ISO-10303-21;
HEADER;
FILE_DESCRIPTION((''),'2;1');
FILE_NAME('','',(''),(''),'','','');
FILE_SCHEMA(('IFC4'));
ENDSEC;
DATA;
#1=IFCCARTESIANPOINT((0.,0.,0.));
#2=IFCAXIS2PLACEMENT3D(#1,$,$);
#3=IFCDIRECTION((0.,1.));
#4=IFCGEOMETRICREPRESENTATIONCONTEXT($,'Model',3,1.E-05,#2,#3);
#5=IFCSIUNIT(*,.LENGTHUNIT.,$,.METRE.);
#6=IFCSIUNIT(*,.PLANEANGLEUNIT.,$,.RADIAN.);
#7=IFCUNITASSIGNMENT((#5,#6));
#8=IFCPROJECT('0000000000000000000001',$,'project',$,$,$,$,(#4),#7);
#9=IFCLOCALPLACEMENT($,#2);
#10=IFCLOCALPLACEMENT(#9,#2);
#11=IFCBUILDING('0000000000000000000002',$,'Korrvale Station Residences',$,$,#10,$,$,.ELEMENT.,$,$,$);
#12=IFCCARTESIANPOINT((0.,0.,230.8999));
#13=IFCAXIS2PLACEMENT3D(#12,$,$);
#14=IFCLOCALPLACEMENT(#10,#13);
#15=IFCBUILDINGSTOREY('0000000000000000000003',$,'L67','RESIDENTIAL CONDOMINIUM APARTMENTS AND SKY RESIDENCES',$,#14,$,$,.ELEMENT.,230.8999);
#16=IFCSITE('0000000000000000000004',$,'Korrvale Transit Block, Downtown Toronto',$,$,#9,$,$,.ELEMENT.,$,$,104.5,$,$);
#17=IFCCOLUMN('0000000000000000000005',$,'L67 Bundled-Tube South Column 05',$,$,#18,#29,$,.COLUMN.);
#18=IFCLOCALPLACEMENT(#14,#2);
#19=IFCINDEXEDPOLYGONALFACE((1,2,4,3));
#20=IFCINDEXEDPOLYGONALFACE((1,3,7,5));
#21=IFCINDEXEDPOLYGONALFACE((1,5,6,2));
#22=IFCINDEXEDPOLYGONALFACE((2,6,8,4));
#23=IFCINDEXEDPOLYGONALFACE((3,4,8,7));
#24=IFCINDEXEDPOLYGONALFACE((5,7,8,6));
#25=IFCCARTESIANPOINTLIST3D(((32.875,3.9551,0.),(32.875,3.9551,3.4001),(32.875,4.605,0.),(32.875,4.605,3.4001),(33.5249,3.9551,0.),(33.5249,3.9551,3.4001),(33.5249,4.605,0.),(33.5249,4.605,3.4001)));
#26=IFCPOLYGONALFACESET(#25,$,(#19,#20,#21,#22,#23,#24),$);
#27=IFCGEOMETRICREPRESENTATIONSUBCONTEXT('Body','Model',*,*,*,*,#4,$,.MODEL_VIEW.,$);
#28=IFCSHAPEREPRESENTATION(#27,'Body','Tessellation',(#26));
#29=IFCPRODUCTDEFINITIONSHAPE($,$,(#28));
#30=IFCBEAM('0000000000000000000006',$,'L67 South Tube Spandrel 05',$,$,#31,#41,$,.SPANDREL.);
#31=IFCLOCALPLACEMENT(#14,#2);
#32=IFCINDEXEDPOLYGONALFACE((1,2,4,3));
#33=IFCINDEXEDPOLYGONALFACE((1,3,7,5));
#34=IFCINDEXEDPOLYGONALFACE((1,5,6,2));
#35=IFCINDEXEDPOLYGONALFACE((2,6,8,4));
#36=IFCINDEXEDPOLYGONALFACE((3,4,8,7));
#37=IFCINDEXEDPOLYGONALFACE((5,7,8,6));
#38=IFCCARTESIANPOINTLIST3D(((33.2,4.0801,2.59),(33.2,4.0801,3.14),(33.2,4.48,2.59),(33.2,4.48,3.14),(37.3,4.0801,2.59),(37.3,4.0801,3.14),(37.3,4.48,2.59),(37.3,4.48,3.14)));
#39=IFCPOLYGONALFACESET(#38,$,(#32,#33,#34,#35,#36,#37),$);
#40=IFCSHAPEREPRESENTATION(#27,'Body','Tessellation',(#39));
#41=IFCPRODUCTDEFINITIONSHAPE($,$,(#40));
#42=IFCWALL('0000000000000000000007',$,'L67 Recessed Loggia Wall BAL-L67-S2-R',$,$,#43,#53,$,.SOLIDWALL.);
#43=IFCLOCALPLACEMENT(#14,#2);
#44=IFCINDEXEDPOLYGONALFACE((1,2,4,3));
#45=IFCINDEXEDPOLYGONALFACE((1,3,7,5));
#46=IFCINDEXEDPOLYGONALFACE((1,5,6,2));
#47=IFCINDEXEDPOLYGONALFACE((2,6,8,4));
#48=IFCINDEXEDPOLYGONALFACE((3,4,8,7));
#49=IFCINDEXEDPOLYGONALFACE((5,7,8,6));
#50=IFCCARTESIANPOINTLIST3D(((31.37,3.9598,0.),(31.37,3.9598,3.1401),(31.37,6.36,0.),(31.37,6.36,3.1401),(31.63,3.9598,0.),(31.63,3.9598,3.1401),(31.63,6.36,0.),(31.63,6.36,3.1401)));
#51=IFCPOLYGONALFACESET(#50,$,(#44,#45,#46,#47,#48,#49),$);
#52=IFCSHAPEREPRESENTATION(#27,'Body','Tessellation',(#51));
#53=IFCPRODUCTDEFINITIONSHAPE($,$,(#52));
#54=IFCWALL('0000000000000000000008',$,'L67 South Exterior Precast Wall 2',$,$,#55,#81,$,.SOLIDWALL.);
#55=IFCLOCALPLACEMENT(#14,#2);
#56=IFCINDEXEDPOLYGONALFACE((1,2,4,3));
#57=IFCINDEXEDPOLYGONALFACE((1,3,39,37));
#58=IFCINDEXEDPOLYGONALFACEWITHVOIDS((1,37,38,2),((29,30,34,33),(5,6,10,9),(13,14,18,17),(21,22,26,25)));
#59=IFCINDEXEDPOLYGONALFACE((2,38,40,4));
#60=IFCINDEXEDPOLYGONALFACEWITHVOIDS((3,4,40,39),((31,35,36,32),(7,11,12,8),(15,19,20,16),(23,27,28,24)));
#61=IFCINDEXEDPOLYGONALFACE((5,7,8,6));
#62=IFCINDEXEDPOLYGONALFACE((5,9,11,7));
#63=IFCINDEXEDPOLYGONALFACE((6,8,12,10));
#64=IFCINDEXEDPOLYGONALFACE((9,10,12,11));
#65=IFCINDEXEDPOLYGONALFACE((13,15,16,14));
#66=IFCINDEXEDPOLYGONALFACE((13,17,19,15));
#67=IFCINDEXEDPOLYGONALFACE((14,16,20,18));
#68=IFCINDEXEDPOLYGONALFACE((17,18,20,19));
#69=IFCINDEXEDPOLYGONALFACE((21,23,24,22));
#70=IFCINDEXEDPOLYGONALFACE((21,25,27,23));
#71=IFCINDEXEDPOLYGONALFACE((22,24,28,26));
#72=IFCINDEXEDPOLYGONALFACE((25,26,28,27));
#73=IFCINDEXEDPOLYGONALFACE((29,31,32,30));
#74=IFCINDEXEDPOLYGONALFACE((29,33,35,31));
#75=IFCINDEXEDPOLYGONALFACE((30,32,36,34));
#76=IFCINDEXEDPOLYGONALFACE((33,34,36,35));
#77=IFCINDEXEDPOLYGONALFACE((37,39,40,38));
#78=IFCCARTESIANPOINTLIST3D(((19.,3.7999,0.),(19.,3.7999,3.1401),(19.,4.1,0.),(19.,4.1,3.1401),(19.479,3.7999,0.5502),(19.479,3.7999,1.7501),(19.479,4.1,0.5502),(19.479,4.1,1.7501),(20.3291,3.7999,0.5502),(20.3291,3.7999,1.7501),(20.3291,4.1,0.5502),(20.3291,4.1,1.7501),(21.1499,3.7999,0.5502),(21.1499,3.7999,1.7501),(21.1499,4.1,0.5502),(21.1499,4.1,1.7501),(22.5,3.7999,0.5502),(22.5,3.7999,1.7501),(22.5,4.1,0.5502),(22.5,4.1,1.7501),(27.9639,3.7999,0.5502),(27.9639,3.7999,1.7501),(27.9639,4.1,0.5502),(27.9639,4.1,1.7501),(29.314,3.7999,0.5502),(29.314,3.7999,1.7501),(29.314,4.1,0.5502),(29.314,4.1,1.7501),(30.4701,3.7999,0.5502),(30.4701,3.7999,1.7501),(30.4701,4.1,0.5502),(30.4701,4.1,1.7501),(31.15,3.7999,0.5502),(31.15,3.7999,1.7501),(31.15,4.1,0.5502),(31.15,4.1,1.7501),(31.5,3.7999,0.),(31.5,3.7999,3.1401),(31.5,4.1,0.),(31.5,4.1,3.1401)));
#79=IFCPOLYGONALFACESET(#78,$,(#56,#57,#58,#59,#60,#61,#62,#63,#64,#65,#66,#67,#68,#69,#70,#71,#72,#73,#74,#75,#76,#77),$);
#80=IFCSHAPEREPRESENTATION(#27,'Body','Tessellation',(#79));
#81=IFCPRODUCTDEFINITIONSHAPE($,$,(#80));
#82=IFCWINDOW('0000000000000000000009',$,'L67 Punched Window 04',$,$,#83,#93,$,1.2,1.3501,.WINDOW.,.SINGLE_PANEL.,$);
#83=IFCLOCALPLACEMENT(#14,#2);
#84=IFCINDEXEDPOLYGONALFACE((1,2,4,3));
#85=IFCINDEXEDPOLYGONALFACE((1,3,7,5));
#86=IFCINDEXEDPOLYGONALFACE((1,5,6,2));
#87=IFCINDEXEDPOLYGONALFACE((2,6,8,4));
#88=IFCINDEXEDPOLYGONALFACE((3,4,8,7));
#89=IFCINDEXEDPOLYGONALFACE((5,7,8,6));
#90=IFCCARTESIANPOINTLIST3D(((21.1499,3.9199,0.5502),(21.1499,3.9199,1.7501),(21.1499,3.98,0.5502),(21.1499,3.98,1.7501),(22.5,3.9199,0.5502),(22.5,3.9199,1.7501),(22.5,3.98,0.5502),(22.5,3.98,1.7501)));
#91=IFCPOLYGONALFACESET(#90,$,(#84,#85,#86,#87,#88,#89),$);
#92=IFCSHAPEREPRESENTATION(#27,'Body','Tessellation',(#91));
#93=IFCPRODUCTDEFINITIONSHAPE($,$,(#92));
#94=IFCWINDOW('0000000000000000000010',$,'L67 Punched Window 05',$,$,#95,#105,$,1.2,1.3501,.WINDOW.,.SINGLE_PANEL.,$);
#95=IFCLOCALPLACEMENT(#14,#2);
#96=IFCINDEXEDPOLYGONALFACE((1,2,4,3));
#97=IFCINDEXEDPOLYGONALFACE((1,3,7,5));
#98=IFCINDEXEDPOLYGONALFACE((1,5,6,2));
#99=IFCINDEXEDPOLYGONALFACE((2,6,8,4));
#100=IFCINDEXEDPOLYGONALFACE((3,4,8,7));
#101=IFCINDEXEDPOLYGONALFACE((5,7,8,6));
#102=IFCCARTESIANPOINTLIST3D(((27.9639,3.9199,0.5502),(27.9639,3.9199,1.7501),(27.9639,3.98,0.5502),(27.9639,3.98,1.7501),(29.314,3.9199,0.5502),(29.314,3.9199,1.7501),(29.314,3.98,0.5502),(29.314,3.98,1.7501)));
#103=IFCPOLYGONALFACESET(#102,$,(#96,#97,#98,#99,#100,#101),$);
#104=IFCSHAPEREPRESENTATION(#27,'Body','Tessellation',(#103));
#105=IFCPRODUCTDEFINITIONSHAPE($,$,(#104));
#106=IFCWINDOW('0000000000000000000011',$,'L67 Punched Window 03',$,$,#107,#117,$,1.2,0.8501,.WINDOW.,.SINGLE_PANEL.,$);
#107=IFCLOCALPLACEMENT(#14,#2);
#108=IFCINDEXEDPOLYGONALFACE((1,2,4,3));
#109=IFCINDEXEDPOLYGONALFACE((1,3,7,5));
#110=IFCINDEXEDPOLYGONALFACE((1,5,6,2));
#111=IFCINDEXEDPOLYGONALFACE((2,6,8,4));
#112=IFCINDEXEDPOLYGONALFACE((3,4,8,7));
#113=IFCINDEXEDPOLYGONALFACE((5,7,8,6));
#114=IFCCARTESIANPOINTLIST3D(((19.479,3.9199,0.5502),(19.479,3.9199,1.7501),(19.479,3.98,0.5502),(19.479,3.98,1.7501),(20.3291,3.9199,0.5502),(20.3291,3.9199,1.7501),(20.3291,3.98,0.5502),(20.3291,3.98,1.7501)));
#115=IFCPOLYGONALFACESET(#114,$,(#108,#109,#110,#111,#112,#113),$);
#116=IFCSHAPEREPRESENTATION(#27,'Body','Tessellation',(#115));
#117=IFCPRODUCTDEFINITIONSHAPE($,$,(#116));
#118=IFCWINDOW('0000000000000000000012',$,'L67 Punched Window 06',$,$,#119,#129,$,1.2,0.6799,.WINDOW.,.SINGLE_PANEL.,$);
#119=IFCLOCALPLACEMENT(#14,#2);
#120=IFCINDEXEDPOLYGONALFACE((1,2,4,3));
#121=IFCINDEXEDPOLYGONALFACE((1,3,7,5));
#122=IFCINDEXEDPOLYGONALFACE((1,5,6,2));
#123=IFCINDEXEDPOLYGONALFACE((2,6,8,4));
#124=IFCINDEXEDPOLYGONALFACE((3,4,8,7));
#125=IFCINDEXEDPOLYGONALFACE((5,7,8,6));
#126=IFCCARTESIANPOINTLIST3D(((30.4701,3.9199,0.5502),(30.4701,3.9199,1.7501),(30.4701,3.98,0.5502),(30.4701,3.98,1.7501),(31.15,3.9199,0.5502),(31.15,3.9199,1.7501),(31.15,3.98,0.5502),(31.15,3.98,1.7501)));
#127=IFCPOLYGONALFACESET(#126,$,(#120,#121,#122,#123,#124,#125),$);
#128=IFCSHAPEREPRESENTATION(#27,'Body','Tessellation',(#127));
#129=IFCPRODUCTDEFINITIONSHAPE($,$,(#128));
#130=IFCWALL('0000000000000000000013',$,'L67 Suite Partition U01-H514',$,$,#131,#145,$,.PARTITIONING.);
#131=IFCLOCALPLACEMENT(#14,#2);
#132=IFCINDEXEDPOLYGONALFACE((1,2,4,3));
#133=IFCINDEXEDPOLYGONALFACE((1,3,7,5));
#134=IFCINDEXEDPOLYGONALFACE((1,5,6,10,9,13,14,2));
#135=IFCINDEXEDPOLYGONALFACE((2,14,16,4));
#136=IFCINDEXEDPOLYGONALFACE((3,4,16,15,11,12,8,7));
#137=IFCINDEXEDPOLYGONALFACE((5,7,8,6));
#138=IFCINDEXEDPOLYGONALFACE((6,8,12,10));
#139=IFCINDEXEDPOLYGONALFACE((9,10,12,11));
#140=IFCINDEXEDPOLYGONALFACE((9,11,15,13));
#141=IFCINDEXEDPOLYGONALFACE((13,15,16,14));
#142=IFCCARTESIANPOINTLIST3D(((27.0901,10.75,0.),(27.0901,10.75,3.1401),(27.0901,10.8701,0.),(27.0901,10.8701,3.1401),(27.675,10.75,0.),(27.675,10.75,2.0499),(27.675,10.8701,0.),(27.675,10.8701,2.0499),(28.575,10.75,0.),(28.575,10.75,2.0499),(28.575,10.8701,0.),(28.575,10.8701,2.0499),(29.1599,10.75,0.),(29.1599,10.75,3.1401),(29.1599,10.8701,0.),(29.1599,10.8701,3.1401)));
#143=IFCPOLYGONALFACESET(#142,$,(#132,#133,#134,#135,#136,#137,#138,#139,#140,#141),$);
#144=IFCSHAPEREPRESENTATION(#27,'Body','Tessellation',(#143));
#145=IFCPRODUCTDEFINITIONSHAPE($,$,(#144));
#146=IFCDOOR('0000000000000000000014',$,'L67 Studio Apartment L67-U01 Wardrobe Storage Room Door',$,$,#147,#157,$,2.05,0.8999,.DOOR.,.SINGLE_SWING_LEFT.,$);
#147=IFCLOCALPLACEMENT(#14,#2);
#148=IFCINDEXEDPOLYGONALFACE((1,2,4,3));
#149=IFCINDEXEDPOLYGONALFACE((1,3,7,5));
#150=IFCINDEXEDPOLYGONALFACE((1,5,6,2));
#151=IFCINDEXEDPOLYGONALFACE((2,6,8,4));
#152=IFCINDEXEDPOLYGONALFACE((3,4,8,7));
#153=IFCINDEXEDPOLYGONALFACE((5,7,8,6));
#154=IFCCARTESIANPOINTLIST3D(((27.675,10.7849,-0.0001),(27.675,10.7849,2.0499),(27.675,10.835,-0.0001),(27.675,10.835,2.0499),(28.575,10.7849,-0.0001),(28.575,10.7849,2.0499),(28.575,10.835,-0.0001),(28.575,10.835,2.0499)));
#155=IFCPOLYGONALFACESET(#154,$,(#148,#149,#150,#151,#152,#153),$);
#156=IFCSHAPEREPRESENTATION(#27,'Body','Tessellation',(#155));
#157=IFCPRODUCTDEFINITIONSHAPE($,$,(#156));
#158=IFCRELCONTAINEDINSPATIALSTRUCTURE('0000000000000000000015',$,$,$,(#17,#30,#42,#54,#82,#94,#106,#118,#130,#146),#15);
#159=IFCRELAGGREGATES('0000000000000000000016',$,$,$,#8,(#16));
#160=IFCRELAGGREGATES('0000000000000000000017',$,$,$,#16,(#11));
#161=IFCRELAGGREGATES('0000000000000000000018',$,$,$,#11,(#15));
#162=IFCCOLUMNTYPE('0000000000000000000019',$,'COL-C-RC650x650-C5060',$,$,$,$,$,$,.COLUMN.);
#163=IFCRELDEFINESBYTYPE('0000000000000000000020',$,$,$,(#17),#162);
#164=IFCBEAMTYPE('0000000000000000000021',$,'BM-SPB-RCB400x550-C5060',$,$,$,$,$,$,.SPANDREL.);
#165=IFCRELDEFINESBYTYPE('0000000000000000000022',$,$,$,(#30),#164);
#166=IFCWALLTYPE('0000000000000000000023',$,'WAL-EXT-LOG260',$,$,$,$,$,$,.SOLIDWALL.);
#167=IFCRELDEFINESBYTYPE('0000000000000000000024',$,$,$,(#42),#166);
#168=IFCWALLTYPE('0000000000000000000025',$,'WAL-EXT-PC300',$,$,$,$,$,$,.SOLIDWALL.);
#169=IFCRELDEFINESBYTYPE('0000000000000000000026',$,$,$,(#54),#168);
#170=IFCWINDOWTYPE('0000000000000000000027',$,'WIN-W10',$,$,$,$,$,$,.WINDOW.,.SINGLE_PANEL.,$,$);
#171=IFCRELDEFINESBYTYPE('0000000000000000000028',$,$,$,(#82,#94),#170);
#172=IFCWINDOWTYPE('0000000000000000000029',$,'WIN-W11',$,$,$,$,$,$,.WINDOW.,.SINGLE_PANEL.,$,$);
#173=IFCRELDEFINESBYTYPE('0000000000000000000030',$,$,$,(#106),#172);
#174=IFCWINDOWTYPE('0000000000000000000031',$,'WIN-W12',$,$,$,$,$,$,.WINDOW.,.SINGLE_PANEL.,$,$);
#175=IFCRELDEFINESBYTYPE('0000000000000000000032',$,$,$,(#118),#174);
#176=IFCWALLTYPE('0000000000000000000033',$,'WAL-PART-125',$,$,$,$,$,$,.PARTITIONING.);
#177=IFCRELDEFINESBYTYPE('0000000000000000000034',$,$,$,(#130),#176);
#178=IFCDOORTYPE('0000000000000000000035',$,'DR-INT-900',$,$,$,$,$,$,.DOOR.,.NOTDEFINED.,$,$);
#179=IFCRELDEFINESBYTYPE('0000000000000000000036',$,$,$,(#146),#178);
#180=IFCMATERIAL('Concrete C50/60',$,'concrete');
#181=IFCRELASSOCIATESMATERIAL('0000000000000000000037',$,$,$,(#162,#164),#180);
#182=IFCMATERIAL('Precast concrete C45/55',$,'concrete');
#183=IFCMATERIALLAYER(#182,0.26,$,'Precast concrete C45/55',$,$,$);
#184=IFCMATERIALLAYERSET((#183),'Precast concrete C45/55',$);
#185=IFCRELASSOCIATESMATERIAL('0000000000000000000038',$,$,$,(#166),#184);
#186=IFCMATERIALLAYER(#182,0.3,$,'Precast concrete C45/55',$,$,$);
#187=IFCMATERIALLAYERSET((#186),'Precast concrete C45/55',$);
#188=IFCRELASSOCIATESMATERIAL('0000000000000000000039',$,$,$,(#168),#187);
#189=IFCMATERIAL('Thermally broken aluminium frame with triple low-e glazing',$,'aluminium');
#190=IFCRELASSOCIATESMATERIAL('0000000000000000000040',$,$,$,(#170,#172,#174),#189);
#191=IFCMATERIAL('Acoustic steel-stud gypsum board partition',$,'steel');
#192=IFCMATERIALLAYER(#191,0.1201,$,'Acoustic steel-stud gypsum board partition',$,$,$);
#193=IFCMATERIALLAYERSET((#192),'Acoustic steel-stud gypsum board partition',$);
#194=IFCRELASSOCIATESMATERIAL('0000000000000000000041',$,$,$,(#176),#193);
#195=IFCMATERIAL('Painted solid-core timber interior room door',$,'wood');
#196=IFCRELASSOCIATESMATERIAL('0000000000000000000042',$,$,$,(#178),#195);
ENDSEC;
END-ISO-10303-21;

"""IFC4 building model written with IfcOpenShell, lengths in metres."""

from ifc_helpers import new_model, si_unit, direction, frame, frame_2d, origin, origin_2d, place, context, subcontext, project, spatial, rectangle, extrude, material, layer, layer_set, material_profile, profile_set, type_object, element, fill, save


model = new_model("IFC4")

# Units and contexts
model_context = context("Model", 3, precision=1e-05, world=origin(), true_north=direction((0.0, 1.0)))
body_context = subcontext(model_context, "Body", "Model", "MODEL_VIEW")
ifc_project = project(units=[si_unit("LENGTHUNIT", "METRE"), si_unit("PLANEANGLEUNIT", "RADIAN")], contexts=[model_context])

# Site, building, storey
site_placement = place(None, origin())
site = spatial("IfcSite", under=ifc_project, at=site_placement, Name="Korrvale Transit Block, Downtown Toronto", CompositionType="ELEMENT", RefElevation=104.5)
building_placement = place(site_placement, origin())
building = spatial("IfcBuilding", under=site, at=building_placement, Name="Korrvale Station Residences", CompositionType="ELEMENT")
storey_placement = place(building_placement, frame((0.0, 0.0, 230.8999)))
storey = spatial("IfcBuildingStorey", under=building, at=storey_placement, Name="L67", Description="RESIDENTIAL CONDOMINIUM APARTMENTS AND SKY RESIDENCES", CompositionType="ELEMENT", Elevation=230.8999)

# Column
ifc_material_1 = material(Name="Concrete C50/60", Category="concrete")
ifc_material_profile_1 = material_profile(ifc_material_1, rectangle(XDim=0.6499, YDim=0.6499, at=origin_2d()), Name="RC650x650")
ifc_profile_set_1 = profile_set([ifc_material_profile_1], Name="Concrete C50/60")
column_type = type_object("IfcColumnType", Name="COL-C-RC650x650-C5060", PredefinedType="COLUMN", material=ifc_profile_set_1)
column_placement = place(storey_placement, frame((33.2, 4.28, 0.0), z_axis=(0.0, 0.0, 1.0), x_axis=(1.0, 0.0, 0.0)))
element("IfcColumn", 1, at=column_placement, inside=storey, type_object=column_type, Name="L67 Bundled-Tube South Column 05", PredefinedType="COLUMN", context=body_context, shape_type="SweptSolid", body=[
    extrude(rectangle(XDim=0.6499, YDim=0.6499, at=origin_2d()), origin(), (0.0, 0.0, 1.0), 3.4001),
])

# Beam
ifc_material_profile_2 = material_profile(ifc_material_1, rectangle(XDim=0.3999, YDim=0.55, at=origin_2d()), Name="RCB400x550")
ifc_profile_set_2 = profile_set([ifc_material_profile_2], Name="Concrete C50/60")
beam_type = type_object("IfcBeamType", Name="BM-SPB-RCB400x550-C5060", PredefinedType="SPANDREL", material=ifc_profile_set_2)
beam_placement = place(storey_placement, frame((33.2, 4.28, 2.865), z_axis=(1.0, 0.0, 0.0), x_axis=(0.0, 1.0, 0.0)))
element("IfcBeam", 2, at=beam_placement, inside=storey, type_object=beam_type, Name="L67 South Tube Spandrel 05", PredefinedType="SPANDREL", context=body_context, shape_type="SweptSolid", body=[
    extrude(rectangle(XDim=0.3999, YDim=0.55, at=origin_2d()), origin(), (0.0, 0.0, 1.0), 4.1001),
])

# Wall
ifc_material_2 = material(Name="Precast concrete C45/55", Category="concrete")
ifc_layer_1 = layer(ifc_material_2, 0.26, Name="Precast concrete C45/55")
ifc_layer_set_1 = layer_set([ifc_layer_1], Name="Precast concrete C45/55")
wall_type_1 = type_object("IfcWallType", Name="WAL-EXT-LOG260", PredefinedType="SOLIDWALL", material=ifc_layer_set_1)
wall_1_placement = place(storey_placement, frame((31.5, 6.3601, 0.0), z_axis=(0.0, 0.0, 1.0), x_axis=(0.0, -1.0, 0.0)))
element("IfcWall", 3, at=wall_1_placement, inside=storey, type_object=wall_type_1, Name="L67 Recessed Loggia Wall BAL-L67-S2-R", PredefinedType="SOLIDWALL", context=body_context, shape_type="SweptSolid", body=[
    extrude(rectangle(XDim=2.4001, YDim=0.26, at=frame_2d((1.2002, 0.0))), origin(), (0.0, 0.0, 1.0), 3.1401),
])

# Wall, openings, windows
ifc_layer_2 = layer(ifc_material_2, 0.3, Name="Precast concrete C45/55")
ifc_layer_set_2 = layer_set([ifc_layer_2], Name="Precast concrete C45/55")
wall_type_2 = type_object("IfcWallType", Name="WAL-EXT-PC300", PredefinedType="SOLIDWALL", material=ifc_layer_set_2)
wall_2_placement = place(storey_placement, frame((31.5, 3.95, 0.0), z_axis=(0.0, 0.0, 1.0), x_axis=(-1.0, 0.0, 0.0)))
wall_2 = element("IfcWall", 4, at=wall_2_placement, inside=storey, type_object=wall_type_2, Name="L67 South Exterior Precast Wall 2", PredefinedType="SOLIDWALL", context=body_context, shape_type="SweptSolid", body=[
    extrude(rectangle(XDim=12.5, YDim=0.3, at=frame_2d((6.25, 0.0))), origin(), (0.0, 0.0, 1.0), 3.1401),
])
opening_1_placement = place(wall_2_placement, frame((11.1709, 0.0, 0.55)))
opening_1 = element("IfcOpeningElement", 5, at=opening_1_placement, cuts=wall_2, PredefinedType="OPENING", context=body_context, shape_type="SweptSolid", body=[
    extrude(rectangle(XDim=0.8501, YDim=1.2, at=frame_2d((0.425, 0.6001))), frame((0.0, 0.1602, 0.0), z_axis=(0.0, -1.0, 0.0), x_axis=(1.0, 0.0, 0.0)), (0.0, 0.0, 1.0), 0.3201),
])
opening_2_placement = place(wall_2_placement, frame((9.0, 0.0, 0.55)))
opening_2 = element("IfcOpeningElement", 6, at=opening_2_placement, cuts=wall_2, PredefinedType="OPENING", context=body_context, shape_type="SweptSolid", body=[
    extrude(rectangle(XDim=1.3501, YDim=1.2, at=frame_2d((0.675, 0.6001))), frame((0.0, 0.1602, 0.0), z_axis=(0.0, -1.0, 0.0), x_axis=(1.0, 0.0, 0.0)), (0.0, 0.0, 1.0), 0.3201),
])
opening_3_placement = place(wall_2_placement, frame((2.186, 0.0, 0.55)))
opening_3 = element("IfcOpeningElement", 7, at=opening_3_placement, cuts=wall_2, PredefinedType="OPENING", context=body_context, shape_type="SweptSolid", body=[
    extrude(rectangle(XDim=1.3501, YDim=1.2, at=frame_2d((0.675, 0.6001))), frame((0.0, 0.1602, 0.0), z_axis=(0.0, -1.0, 0.0), x_axis=(1.0, 0.0, 0.0)), (0.0, 0.0, 1.0), 0.3201),
])
opening_4_placement = place(wall_2_placement, frame((0.3501, 0.0, 0.55)))
opening_4 = element("IfcOpeningElement", 8, at=opening_4_placement, cuts=wall_2, PredefinedType="OPENING", context=body_context, shape_type="SweptSolid", body=[
    extrude(rectangle(XDim=0.6799, YDim=1.2, at=frame_2d((0.3398, 0.6001))), frame((0.0, 0.1602, 0.0), z_axis=(0.0, -1.0, 0.0), x_axis=(1.0, 0.0, 0.0)), (0.0, 0.0, 1.0), 0.3201),
])
ifc_material_3 = material(Name="Thermally broken aluminium frame with triple low-e glazing", Category="aluminium")
window_type_1 = type_object("IfcWindowType", Name="WIN-W10", PartitioningType="SINGLE_PANEL", PredefinedType="WINDOW", material=ifc_material_3)
window_1_placement = place(opening_2_placement, origin())
window_1 = element("IfcWindow", 9, at=window_1_placement, inside=storey, type_object=window_type_1, Name="L67 Punched Window 04", OverallHeight=1.2, OverallWidth=1.3501, PartitioningType="SINGLE_PANEL", PredefinedType="WINDOW", context=body_context, shape_type="SweptSolid", body=[
    extrude(rectangle(XDim=1.3501, YDim=1.2, at=frame_2d((0.675, 0.6001))), frame((0.0, 0.03, 0.0), z_axis=(0.0, -1.0, 0.0), x_axis=(1.0, 0.0, 0.0)), (0.0, 0.0, 1.0), 0.0601),
])
fill(opening_2, window_1)
window_2_placement = place(opening_3_placement, origin())
window_2 = element("IfcWindow", 10, at=window_2_placement, inside=storey, type_object=window_type_1, Name="L67 Punched Window 05", OverallHeight=1.2, OverallWidth=1.3501, PartitioningType="SINGLE_PANEL", PredefinedType="WINDOW", context=body_context, shape_type="SweptSolid", body=[
    extrude(rectangle(XDim=1.3501, YDim=1.2, at=frame_2d((0.675, 0.6001))), frame((0.0, 0.03, 0.0), z_axis=(0.0, -1.0, 0.0), x_axis=(1.0, 0.0, 0.0)), (0.0, 0.0, 1.0), 0.0601),
])
fill(opening_3, window_2)
window_type_2 = type_object("IfcWindowType", Name="WIN-W11", PartitioningType="SINGLE_PANEL", PredefinedType="WINDOW", material=ifc_material_3)
window_3_placement = place(opening_1_placement, origin())
window_3 = element("IfcWindow", 11, at=window_3_placement, inside=storey, type_object=window_type_2, Name="L67 Punched Window 03", OverallHeight=1.2, OverallWidth=0.8501, PartitioningType="SINGLE_PANEL", PredefinedType="WINDOW", context=body_context, shape_type="SweptSolid", body=[
    extrude(rectangle(XDim=0.8501, YDim=1.2, at=frame_2d((0.425, 0.6001))), frame((0.0, 0.03, 0.0), z_axis=(0.0, -1.0, 0.0), x_axis=(1.0, 0.0, 0.0)), (0.0, 0.0, 1.0), 0.0601),
])
fill(opening_1, window_3)
window_type_3 = type_object("IfcWindowType", Name="WIN-W12", PartitioningType="SINGLE_PANEL", PredefinedType="WINDOW", material=ifc_material_3)
window_4_placement = place(opening_4_placement, origin())
window_4 = element("IfcWindow", 12, at=window_4_placement, inside=storey, type_object=window_type_3, Name="L67 Punched Window 06", OverallHeight=1.2, OverallWidth=0.6799, PartitioningType="SINGLE_PANEL", PredefinedType="WINDOW", context=body_context, shape_type="SweptSolid", body=[
    extrude(rectangle(XDim=0.6799, YDim=1.2, at=frame_2d((0.3398, 0.6001))), frame((0.0, 0.03, 0.0), z_axis=(0.0, -1.0, 0.0), x_axis=(1.0, 0.0, 0.0)), (0.0, 0.0, 1.0), 0.0601),
])
fill(opening_4, window_4)

# Wall, opening, door
ifc_material_4 = material(Name="Acoustic steel-stud gypsum board partition", Category="steel")
ifc_layer_3 = layer(ifc_material_4, 0.1201, Name="Acoustic steel-stud gypsum board partition")
ifc_layer_set_3 = layer_set([ifc_layer_3], Name="Acoustic steel-stud gypsum board partition")
wall_type_3 = type_object("IfcWallType", Name="WAL-PART-125", PredefinedType="PARTITIONING", material=ifc_layer_set_3)
wall_3_placement = place(storey_placement, frame((27.0901, 10.8101, 0.0), z_axis=(0.0, 0.0, 1.0), x_axis=(1.0, 0.0, 0.0)))
wall_3 = element("IfcWall", 13, at=wall_3_placement, inside=storey, type_object=wall_type_3, Name="L67 Suite Partition U01-H514", PredefinedType="PARTITIONING", context=body_context, shape_type="SweptSolid", body=[
    extrude(rectangle(XDim=2.0698, YDim=0.1201, at=frame_2d((1.0349, 0.0))), origin(), (0.0, 0.0, 1.0), 3.1401),
])
opening_5_placement = place(wall_3_placement, frame((0.585, 0.0, 0.0)))
opening_5 = element("IfcOpeningElement", 14, at=opening_5_placement, cuts=wall_3, PredefinedType="OPENING", context=body_context, shape_type="SweptSolid", body=[
    extrude(rectangle(XDim=0.8999, YDim=2.05, at=frame_2d((0.45, 1.0249))), frame((0.0, 0.0701, 0.0), z_axis=(0.0, -1.0, 0.0), x_axis=(1.0, 0.0, 0.0)), (0.0, 0.0, 1.0), 0.1401),
])
ifc_material_5 = material(Name="Painted solid-core timber interior room door", Category="wood")
door_type = type_object("IfcDoorType", Name="DR-INT-900", OperationType="NOTDEFINED", PredefinedType="DOOR", material=ifc_material_5)
door_1_placement = place(opening_5_placement, origin())
door_1 = element("IfcDoor", 15, at=door_1_placement, inside=storey, type_object=door_type, Name="L67 Studio Apartment L67-U01 Wardrobe Storage Room Door", OperationType="SINGLE_SWING_LEFT", OverallHeight=2.05, OverallWidth=0.8999, PredefinedType="DOOR", context=body_context, shape_type="SweptSolid", body=[
    extrude(rectangle(XDim=0.8999, YDim=2.05, at=frame_2d((0.45, 1.0249))), frame((0.0, 0.0249, 0.0), z_axis=(0.0, -1.0, 0.0), x_axis=(1.0, 0.0, 0.0)), (0.0, 0.0, 1.0), 0.05),
])
fill(opening_5, door_1)

save(model, "model.ifc")
